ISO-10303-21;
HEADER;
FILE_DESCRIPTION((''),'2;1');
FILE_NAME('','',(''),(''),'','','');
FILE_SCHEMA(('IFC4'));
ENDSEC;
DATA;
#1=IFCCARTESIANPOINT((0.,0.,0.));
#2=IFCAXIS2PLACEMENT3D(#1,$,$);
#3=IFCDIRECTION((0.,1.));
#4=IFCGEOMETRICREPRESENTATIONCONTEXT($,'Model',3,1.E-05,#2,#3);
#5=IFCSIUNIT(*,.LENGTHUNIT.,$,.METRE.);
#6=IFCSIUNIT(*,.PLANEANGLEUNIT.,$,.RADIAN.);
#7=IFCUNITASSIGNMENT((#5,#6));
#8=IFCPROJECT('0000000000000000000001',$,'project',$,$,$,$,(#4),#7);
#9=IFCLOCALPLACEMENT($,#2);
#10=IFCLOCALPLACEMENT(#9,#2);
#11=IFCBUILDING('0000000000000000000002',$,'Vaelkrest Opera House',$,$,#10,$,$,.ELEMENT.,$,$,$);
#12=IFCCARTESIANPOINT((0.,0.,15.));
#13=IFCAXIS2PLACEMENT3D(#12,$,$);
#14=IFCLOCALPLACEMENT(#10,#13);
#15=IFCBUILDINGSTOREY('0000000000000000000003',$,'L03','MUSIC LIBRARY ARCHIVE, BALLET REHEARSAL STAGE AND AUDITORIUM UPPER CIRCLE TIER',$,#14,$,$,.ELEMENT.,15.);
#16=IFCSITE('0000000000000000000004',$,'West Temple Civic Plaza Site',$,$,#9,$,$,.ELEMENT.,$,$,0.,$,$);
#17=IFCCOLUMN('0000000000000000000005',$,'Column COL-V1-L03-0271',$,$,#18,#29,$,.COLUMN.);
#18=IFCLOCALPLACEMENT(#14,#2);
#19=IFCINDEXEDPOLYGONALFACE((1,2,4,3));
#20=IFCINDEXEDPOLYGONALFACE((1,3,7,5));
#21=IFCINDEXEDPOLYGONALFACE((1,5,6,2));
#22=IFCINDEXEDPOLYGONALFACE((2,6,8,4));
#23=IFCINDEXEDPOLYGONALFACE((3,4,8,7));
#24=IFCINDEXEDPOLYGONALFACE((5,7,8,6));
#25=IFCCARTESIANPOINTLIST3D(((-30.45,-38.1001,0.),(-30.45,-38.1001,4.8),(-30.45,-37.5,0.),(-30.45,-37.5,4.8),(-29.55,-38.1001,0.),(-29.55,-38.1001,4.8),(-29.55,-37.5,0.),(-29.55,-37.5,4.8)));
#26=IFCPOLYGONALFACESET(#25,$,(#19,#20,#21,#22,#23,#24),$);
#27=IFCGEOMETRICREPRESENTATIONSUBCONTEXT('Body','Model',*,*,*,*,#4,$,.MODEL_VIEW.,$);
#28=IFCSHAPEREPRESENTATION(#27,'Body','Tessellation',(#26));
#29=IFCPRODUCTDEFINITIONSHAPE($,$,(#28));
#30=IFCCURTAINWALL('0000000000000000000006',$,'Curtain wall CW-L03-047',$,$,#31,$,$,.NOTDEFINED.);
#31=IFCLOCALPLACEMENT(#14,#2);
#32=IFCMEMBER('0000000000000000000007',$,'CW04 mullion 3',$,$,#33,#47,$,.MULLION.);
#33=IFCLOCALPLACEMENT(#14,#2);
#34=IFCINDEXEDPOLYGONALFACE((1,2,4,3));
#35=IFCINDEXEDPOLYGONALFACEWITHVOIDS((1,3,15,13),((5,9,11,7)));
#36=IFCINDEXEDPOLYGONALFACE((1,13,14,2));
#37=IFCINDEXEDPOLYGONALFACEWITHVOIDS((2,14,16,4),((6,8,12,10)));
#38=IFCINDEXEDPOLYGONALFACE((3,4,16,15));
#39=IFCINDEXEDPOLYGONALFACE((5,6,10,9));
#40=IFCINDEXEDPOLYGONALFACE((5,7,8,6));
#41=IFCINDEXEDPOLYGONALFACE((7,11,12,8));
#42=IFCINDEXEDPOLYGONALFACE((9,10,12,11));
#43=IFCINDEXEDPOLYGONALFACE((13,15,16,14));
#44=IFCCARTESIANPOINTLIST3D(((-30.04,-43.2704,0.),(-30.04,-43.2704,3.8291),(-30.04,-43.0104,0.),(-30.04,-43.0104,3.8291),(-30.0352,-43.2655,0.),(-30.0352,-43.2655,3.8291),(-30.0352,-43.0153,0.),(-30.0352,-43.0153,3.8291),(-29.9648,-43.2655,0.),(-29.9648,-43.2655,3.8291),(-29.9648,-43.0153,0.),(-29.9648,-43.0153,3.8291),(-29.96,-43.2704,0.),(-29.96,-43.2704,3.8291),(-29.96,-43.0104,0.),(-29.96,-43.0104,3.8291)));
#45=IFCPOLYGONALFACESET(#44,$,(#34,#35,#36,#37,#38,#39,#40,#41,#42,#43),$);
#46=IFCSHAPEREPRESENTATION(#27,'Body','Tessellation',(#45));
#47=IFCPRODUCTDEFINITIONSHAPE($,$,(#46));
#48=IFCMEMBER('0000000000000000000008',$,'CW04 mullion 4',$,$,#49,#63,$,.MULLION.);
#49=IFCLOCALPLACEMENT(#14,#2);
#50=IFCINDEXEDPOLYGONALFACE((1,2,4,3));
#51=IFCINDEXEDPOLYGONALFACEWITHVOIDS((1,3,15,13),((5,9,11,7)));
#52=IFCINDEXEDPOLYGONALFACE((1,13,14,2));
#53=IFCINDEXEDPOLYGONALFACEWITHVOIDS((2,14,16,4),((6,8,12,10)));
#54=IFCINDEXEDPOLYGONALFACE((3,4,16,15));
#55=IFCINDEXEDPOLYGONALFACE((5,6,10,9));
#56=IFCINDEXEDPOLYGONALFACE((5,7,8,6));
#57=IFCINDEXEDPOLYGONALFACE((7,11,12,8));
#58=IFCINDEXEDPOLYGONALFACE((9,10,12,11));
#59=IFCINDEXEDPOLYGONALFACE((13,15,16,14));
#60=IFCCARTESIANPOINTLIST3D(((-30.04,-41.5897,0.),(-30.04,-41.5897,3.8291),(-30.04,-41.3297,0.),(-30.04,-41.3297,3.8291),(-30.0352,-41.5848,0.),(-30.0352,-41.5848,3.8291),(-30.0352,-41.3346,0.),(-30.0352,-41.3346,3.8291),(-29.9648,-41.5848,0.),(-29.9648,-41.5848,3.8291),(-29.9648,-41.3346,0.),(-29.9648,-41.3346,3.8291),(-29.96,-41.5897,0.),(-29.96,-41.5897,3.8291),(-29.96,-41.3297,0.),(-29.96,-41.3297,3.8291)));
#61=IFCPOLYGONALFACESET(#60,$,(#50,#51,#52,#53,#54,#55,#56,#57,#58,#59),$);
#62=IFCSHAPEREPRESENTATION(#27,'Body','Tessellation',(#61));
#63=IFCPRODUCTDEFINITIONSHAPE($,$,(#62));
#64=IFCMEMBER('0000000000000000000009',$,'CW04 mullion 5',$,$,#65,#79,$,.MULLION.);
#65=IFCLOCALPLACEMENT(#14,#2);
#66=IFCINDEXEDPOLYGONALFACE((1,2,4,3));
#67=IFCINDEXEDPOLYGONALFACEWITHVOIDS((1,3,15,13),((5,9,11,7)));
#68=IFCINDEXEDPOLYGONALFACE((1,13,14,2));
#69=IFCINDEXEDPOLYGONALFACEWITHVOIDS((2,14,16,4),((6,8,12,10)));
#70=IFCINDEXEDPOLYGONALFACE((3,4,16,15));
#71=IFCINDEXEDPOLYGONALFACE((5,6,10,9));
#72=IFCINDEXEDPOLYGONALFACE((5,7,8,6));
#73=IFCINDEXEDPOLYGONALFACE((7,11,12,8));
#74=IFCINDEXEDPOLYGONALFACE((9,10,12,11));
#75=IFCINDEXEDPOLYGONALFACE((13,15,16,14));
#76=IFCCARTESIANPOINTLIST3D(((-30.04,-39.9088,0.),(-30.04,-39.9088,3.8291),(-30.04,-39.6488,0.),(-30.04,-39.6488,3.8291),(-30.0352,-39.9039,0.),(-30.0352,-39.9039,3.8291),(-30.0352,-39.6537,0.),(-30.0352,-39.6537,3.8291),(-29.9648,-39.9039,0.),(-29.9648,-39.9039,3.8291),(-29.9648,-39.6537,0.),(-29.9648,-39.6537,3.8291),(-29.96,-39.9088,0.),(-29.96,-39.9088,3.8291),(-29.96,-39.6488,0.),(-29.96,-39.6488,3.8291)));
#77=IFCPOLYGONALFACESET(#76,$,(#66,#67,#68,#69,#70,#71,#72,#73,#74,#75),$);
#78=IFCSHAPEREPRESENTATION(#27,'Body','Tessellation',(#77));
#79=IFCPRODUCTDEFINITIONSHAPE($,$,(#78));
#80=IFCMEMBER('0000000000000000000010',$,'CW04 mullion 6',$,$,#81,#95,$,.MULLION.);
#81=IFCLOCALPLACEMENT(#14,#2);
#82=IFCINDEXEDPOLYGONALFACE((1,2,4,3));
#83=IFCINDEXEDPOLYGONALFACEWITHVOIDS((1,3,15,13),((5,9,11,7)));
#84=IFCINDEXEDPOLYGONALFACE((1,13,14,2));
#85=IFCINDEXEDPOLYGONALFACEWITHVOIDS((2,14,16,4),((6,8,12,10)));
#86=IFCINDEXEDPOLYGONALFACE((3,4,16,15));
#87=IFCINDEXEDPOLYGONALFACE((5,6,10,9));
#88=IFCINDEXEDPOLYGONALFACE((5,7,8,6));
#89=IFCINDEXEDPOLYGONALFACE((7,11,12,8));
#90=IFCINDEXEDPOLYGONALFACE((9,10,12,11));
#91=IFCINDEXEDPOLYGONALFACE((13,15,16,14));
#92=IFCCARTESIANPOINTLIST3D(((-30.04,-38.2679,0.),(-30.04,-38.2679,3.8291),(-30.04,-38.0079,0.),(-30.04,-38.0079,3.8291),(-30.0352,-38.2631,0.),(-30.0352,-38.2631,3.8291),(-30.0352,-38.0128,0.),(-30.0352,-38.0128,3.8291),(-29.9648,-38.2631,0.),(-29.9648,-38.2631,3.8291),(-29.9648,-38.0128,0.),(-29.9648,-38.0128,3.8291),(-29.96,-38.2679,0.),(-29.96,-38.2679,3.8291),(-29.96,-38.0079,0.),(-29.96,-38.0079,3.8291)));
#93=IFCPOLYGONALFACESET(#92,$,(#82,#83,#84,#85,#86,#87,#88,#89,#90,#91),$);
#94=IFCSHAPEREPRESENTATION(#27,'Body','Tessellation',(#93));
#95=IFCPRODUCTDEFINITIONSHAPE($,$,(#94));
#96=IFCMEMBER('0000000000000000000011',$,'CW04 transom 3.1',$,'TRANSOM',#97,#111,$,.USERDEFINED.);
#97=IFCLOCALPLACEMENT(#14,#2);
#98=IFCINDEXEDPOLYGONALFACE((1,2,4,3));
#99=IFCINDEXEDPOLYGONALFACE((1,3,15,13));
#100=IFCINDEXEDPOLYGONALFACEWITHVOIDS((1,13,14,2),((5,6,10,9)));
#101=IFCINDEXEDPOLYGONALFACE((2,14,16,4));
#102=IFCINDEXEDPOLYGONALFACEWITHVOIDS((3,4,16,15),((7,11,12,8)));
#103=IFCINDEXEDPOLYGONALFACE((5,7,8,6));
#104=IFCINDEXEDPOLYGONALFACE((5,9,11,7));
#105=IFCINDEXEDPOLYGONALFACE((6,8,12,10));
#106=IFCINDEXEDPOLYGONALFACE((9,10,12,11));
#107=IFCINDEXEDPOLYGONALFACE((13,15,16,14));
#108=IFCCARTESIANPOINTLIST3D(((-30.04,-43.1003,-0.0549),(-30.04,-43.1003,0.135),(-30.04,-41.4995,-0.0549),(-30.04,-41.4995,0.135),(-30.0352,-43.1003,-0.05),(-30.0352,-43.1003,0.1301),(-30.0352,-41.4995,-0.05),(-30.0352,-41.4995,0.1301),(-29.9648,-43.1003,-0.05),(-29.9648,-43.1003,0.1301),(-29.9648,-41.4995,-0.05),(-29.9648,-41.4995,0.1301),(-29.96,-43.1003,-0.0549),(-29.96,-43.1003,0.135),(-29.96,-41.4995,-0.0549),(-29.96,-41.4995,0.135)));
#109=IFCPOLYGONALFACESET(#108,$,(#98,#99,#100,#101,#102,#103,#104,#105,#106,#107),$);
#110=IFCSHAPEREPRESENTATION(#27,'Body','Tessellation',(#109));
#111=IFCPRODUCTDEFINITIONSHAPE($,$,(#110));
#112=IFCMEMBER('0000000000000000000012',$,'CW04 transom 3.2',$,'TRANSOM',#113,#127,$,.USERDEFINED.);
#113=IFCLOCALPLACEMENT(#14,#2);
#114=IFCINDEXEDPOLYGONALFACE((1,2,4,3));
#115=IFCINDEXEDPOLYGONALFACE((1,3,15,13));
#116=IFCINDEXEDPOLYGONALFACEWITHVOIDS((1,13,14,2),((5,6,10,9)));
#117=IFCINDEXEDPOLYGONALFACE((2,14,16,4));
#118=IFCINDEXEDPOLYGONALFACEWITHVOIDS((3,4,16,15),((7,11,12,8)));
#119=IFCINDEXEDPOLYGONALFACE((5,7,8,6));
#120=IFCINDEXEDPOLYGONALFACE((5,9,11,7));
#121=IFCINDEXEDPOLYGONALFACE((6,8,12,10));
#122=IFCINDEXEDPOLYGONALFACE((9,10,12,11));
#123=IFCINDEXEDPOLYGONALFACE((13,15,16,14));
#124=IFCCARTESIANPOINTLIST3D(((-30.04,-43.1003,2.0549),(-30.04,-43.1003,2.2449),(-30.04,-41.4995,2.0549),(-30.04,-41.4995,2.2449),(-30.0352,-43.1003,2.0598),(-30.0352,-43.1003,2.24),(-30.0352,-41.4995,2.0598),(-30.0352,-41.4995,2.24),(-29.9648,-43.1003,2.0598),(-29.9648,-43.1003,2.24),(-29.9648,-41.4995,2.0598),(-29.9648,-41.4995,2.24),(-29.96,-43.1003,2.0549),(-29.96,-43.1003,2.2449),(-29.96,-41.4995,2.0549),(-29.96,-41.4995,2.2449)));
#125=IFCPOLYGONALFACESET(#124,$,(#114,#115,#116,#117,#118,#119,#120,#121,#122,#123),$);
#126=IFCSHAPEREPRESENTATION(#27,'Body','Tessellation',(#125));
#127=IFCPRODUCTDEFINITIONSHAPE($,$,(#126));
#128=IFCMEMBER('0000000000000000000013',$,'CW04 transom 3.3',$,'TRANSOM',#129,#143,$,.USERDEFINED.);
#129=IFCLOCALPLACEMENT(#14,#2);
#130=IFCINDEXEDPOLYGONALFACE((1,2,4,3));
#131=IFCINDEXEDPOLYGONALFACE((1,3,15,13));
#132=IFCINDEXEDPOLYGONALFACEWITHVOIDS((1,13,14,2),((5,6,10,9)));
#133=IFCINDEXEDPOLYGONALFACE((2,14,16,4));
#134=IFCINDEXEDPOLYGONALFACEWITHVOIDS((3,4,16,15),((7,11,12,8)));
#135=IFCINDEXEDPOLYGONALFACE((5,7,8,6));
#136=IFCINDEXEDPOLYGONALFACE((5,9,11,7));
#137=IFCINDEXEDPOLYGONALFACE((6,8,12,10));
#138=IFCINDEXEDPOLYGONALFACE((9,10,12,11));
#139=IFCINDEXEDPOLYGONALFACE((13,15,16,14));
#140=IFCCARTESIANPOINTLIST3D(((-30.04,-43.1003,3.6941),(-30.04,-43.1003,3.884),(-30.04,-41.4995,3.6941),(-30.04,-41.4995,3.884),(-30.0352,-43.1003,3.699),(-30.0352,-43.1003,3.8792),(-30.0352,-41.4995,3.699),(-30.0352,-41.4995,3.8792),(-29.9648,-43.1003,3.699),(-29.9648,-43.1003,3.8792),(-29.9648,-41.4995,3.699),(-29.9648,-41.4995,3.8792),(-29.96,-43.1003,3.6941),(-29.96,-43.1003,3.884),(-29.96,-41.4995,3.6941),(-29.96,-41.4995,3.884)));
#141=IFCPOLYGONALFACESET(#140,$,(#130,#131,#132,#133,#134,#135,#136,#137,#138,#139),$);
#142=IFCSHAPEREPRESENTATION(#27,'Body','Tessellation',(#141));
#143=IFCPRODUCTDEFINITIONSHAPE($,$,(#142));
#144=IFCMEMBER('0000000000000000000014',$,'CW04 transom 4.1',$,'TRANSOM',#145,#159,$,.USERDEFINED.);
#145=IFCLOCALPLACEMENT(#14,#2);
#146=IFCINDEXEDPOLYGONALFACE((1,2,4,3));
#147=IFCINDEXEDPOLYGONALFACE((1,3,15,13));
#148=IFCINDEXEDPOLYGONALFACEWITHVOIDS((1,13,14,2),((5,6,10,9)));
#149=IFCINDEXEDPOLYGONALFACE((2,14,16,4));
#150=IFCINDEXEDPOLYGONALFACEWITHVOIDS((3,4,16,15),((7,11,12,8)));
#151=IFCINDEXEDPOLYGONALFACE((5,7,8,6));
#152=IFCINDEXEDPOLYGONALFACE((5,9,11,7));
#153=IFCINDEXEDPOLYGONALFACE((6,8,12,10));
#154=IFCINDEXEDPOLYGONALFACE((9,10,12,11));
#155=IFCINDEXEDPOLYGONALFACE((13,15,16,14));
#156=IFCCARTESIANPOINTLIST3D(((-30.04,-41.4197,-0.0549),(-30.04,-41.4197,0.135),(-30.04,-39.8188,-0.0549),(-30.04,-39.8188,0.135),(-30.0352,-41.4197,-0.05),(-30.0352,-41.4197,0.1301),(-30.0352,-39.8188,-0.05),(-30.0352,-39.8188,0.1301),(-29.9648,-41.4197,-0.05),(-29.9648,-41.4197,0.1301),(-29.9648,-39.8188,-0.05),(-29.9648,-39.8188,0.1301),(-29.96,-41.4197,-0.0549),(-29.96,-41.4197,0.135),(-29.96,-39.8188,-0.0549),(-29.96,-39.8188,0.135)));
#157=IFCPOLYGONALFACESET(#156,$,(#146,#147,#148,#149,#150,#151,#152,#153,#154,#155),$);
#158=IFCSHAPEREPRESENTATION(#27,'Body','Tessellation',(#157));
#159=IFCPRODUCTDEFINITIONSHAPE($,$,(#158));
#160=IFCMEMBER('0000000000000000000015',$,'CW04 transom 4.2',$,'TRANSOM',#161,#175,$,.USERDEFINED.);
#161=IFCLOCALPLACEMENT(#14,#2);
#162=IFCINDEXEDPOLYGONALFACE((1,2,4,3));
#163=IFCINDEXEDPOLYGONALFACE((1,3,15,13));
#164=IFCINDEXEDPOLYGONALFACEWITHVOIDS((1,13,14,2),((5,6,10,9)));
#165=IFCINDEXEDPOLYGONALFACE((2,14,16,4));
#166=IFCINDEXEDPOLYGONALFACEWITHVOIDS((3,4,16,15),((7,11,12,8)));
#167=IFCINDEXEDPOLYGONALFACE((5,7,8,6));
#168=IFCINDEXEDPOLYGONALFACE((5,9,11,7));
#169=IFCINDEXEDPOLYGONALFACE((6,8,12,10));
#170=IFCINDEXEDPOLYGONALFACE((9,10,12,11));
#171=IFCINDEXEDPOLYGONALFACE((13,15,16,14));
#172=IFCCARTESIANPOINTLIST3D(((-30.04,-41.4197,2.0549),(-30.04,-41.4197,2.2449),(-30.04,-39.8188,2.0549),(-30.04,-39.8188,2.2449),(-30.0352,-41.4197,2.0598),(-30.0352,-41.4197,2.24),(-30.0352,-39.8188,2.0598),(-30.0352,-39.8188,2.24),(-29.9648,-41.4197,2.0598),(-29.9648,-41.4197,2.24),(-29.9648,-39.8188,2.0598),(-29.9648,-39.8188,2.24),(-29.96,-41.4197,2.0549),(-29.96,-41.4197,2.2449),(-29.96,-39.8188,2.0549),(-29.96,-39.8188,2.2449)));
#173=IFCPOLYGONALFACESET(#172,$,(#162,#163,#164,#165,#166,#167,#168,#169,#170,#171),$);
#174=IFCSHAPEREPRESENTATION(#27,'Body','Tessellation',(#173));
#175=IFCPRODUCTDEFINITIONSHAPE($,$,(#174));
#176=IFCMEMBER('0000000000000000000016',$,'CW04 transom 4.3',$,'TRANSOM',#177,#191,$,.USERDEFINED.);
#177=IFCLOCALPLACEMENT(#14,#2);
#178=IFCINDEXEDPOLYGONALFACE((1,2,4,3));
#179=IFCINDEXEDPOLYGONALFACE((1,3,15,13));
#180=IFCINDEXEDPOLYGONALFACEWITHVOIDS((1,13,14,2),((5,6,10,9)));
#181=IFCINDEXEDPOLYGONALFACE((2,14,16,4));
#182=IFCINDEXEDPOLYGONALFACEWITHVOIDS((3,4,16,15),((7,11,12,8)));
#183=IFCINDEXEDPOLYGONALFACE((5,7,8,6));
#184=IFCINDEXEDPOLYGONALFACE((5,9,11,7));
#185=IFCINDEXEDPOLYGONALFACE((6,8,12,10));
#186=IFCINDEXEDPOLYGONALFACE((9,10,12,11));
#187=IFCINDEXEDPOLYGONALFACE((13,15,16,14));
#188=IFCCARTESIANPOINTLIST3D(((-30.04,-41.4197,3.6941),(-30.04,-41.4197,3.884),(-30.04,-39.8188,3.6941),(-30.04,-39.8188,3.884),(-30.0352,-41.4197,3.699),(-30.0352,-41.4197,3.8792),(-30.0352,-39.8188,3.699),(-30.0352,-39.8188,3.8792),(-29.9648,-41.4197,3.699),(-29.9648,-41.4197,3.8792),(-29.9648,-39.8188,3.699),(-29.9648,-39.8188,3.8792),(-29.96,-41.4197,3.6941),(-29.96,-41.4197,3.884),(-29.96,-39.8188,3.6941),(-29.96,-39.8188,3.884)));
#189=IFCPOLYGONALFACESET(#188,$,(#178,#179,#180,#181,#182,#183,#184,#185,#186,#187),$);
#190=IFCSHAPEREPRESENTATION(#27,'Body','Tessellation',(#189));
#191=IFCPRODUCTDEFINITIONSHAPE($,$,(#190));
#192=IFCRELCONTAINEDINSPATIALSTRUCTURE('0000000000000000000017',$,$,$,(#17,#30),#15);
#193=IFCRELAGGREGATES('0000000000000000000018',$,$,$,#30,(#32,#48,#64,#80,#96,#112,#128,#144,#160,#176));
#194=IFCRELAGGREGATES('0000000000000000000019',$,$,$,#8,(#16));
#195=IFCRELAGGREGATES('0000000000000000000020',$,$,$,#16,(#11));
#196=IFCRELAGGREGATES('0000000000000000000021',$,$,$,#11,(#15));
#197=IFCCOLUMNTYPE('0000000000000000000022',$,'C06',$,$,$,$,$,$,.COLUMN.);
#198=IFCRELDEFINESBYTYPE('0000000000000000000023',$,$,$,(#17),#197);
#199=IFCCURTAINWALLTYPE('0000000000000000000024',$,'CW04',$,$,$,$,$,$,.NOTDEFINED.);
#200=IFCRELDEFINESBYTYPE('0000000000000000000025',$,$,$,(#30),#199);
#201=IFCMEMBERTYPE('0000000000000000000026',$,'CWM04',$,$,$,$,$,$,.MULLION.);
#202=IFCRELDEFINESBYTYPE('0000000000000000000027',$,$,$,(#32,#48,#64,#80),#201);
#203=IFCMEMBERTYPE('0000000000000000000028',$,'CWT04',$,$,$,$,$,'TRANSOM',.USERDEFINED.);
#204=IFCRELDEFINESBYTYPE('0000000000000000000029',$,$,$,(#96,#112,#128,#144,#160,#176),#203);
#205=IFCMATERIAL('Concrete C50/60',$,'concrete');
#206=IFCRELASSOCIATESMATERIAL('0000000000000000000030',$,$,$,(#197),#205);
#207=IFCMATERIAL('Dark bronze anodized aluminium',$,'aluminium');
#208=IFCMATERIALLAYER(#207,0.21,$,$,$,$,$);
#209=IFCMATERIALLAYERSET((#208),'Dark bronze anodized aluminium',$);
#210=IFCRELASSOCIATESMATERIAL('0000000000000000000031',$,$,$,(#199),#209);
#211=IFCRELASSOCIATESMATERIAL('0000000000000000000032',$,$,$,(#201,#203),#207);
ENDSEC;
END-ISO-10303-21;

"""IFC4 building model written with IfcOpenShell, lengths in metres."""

from ifc_helpers import new_model, si_unit, direction, frame, origin, origin_2d, place, context, subcontext, project, spatial, rectangle, hollow_rectangle, extrude, material, layer, layer_set, material_profile, profile_set, type_object, element, aggregate, save


model = new_model("IFC4")

# Units and contexts
model_context = context("Model", 3, precision=1e-05, world=origin(), true_north=direction((0.0, 1.0)))
body_context = subcontext(model_context, "Body", "Model", "MODEL_VIEW")
ifc_project = project(units=[si_unit("LENGTHUNIT", "METRE"), si_unit("PLANEANGLEUNIT", "RADIAN")], contexts=[model_context])

# Site, building, storey
site_placement = place(None, origin())
site = spatial("IfcSite", under=ifc_project, at=site_placement, Name="West Temple Civic Plaza Site", CompositionType="ELEMENT", RefElevation=0.0)
building_placement = place(site_placement, origin())
building = spatial("IfcBuilding", under=site, at=building_placement, Name="Vaelkrest Opera House", CompositionType="ELEMENT")
storey_placement = place(building_placement, frame((0.0, 0.0, 15.0)))
storey = spatial("IfcBuildingStorey", under=building, at=storey_placement, Name="L03", Description="MUSIC LIBRARY ARCHIVE, BALLET REHEARSAL STAGE AND AUDITORIUM UPPER CIRCLE TIER", CompositionType="ELEMENT", Elevation=15.0)

# Column
ifc_material_1 = material(Name="Concrete C50/60", Category="concrete")
ifc_material_profile_1 = material_profile(ifc_material_1, rectangle(XDim=0.6001, YDim=0.8999, at=origin_2d()), Name="RC600X900")
ifc_profile_set_1 = profile_set([ifc_material_profile_1], Name="Concrete C50/60")
column_type = type_object("IfcColumnType", Name="C06", PredefinedType="COLUMN", material=ifc_profile_set_1)
column_placement = place(storey_placement, frame((-30.0, -37.8, 0.0), z_axis=(0.0, 0.0, 1.0), x_axis=(0.0, 1.0, 0.0)))
element("IfcColumn", 1, at=column_placement, inside=storey, type_object=column_type, Name="Column COL-V1-L03-0271", PredefinedType="COLUMN", context=body_context, shape_type="SweptSolid", body=[
    extrude(rectangle(XDim=0.6001, YDim=0.8999, at=origin_2d()), origin(), (0.0, 0.0, 1.0), 4.8),
])

# Curtain wall, members
ifc_material_2 = material(Name="Dark bronze anodized aluminium", Category="aluminium")
ifc_layer_1 = layer(ifc_material_2, 0.21)
ifc_layer_set_1 = layer_set([ifc_layer_1], Name="Dark bronze anodized aluminium")
curtain_wall_type = type_object("IfcCurtainWallType", Name="CW04", PredefinedType="NOTDEFINED", material=ifc_layer_set_1)
curtain_wall_placement = place(storey_placement, origin())
curtain_wall = element("IfcCurtainWall", 2, at=curtain_wall_placement, inside=storey, type_object=curtain_wall_type, Name="Curtain wall CW-L03-047", PredefinedType="NOTDEFINED")
ifc_material_profile_2 = material_profile(ifc_material_2, hollow_rectangle(XDim=0.0801, YDim=0.26, WallThickness=0.0049, at=origin_2d()), Name="CWM80X260")
ifc_profile_set_2 = profile_set([ifc_material_profile_2], Name="Dark bronze anodized aluminium")
member_type_1 = type_object("IfcMemberType", Name="CWM04", PredefinedType="MULLION", material=ifc_profile_set_2)
member_1_placement = place(storey_placement, frame((-30.0, -43.1404, 0.0), z_axis=(0.0, 0.0, 1.0), x_axis=(-1.0, 0.0, 0.0)))
member_1 = element("IfcMember", 3, at=member_1_placement, type_object=member_type_1, Name="CW04 mullion 3", PredefinedType="MULLION", context=body_context, shape_type="SweptSolid", body=[
    extrude(hollow_rectangle(XDim=0.0801, YDim=0.26, WallThickness=0.0049, at=origin_2d()), origin(), (0.0, 0.0, 1.0), 3.8291),
])
member_2_placement = place(storey_placement, frame((-30.0, -41.4597, 0.0), z_axis=(0.0, 0.0, 1.0), x_axis=(-1.0, 0.0, 0.0)))
member_2 = element("IfcMember", 4, at=member_2_placement, type_object=member_type_1, Name="CW04 mullion 4", PredefinedType="MULLION", context=body_context, shape_type="SweptSolid", body=[
    extrude(hollow_rectangle(XDim=0.0801, YDim=0.26, WallThickness=0.0049, at=origin_2d()), origin(), (0.0, 0.0, 1.0), 3.8291),
])
member_3_placement = place(storey_placement, frame((-30.0, -39.7788, 0.0), z_axis=(0.0, 0.0, 1.0), x_axis=(-1.0, 0.0, 0.0)))
member_3 = element("IfcMember", 5, at=member_3_placement, type_object=member_type_1, Name="CW04 mullion 5", PredefinedType="MULLION", context=body_context, shape_type="SweptSolid", body=[
    extrude(hollow_rectangle(XDim=0.0801, YDim=0.26, WallThickness=0.0049, at=origin_2d()), origin(), (0.0, 0.0, 1.0), 3.8291),
])
member_4_placement = place(storey_placement, frame((-30.0, -38.1379, 0.0), z_axis=(0.0, 0.0, 1.0), x_axis=(-1.0, 0.0, 0.0)))
member_4 = element("IfcMember", 6, at=member_4_placement, type_object=member_type_1, Name="CW04 mullion 6", PredefinedType="MULLION", context=body_context, shape_type="SweptSolid", body=[
    extrude(hollow_rectangle(XDim=0.0801, YDim=0.26, WallThickness=0.0049, at=origin_2d()), origin(), (0.0, 0.0, 1.0), 3.8291),
])
ifc_material_profile_3 = material_profile(ifc_material_2, hollow_rectangle(XDim=0.0801, YDim=0.1899, WallThickness=0.0049, at=origin_2d()), Name="CWT80X190")
ifc_profile_set_3 = profile_set([ifc_material_profile_3], Name="Dark bronze anodized aluminium")
member_type_2 = type_object("IfcMemberType", Name="CWT04", ElementType="TRANSOM", PredefinedType="USERDEFINED", material=ifc_profile_set_3)
member_5_placement = place(storey_placement, frame((-30.0, -43.1003, 0.04), z_axis=(0.0, 1.0, 0.0), x_axis=(-1.0, 0.0, 0.0)))
member_5 = element("IfcMember", 7, at=member_5_placement, type_object=member_type_2, Name="CW04 transom 3.1", ObjectType="TRANSOM", PredefinedType="USERDEFINED", context=body_context, shape_type="SweptSolid", body=[
    extrude(hollow_rectangle(XDim=0.0801, YDim=0.1899, WallThickness=0.0049, at=origin_2d()), origin(), (0.0, 0.0, 1.0), 1.6008),
])
member_6_placement = place(storey_placement, frame((-30.0, -43.1003, 2.1499), z_axis=(0.0, 1.0, 0.0), x_axis=(-1.0, 0.0, 0.0)))
member_6 = element("IfcMember", 8, at=member_6_placement, type_object=member_type_2, Name="CW04 transom 3.2", ObjectType="TRANSOM", PredefinedType="USERDEFINED", context=body_context, shape_type="SweptSolid", body=[
    extrude(hollow_rectangle(XDim=0.0801, YDim=0.1899, WallThickness=0.0049, at=origin_2d()), origin(), (0.0, 0.0, 1.0), 1.6008),
])
member_7_placement = place(storey_placement, frame((-30.0, -43.1003, 3.7891), z_axis=(0.0, 1.0, 0.0), x_axis=(-1.0, 0.0, 0.0)))
member_7 = element("IfcMember", 9, at=member_7_placement, type_object=member_type_2, Name="CW04 transom 3.3", ObjectType="TRANSOM", PredefinedType="USERDEFINED", context=body_context, shape_type="SweptSolid", body=[
    extrude(hollow_rectangle(XDim=0.0801, YDim=0.1899, WallThickness=0.0049, at=origin_2d()), origin(), (0.0, 0.0, 1.0), 1.6008),
])
member_8_placement = place(storey_placement, frame((-30.0, -41.4197, 0.04), z_axis=(0.0, 1.0, 0.0), x_axis=(-1.0, 0.0, 0.0)))
member_8 = element("IfcMember", 10, at=member_8_placement, type_object=member_type_2, Name="CW04 transom 4.1", ObjectType="TRANSOM", PredefinedType="USERDEFINED", context=body_context, shape_type="SweptSolid", body=[
    extrude(hollow_rectangle(XDim=0.0801, YDim=0.1899, WallThickness=0.0049, at=origin_2d()), origin(), (0.0, 0.0, 1.0), 1.6008),
])
member_9_placement = place(storey_placement, frame((-30.0, -41.4197, 2.1499), z_axis=(0.0, 1.0, 0.0), x_axis=(-1.0, 0.0, 0.0)))
member_9 = element("IfcMember", 11, at=member_9_placement, type_object=member_type_2, Name="CW04 transom 4.2", ObjectType="TRANSOM", PredefinedType="USERDEFINED", context=body_context, shape_type="SweptSolid", body=[
    extrude(hollow_rectangle(XDim=0.0801, YDim=0.1899, WallThickness=0.0049, at=origin_2d()), origin(), (0.0, 0.0, 1.0), 1.6008),
])
member_10_placement = place(storey_placement, frame((-30.0, -41.4197, 3.7891), z_axis=(0.0, 1.0, 0.0), x_axis=(-1.0, 0.0, 0.0)))
member_10 = element("IfcMember", 12, at=member_10_placement, type_object=member_type_2, Name="CW04 transom 4.3", ObjectType="TRANSOM", PredefinedType="USERDEFINED", context=body_context, shape_type="SweptSolid", body=[
    extrude(hollow_rectangle(XDim=0.0801, YDim=0.1899, WallThickness=0.0049, at=origin_2d()), origin(), (0.0, 0.0, 1.0), 1.6008),
])

aggregate(curtain_wall, [member_1, member_2, member_3, member_4, member_5, member_6, member_7, member_8, member_9, member_10])

save(model, "model.ifc")
